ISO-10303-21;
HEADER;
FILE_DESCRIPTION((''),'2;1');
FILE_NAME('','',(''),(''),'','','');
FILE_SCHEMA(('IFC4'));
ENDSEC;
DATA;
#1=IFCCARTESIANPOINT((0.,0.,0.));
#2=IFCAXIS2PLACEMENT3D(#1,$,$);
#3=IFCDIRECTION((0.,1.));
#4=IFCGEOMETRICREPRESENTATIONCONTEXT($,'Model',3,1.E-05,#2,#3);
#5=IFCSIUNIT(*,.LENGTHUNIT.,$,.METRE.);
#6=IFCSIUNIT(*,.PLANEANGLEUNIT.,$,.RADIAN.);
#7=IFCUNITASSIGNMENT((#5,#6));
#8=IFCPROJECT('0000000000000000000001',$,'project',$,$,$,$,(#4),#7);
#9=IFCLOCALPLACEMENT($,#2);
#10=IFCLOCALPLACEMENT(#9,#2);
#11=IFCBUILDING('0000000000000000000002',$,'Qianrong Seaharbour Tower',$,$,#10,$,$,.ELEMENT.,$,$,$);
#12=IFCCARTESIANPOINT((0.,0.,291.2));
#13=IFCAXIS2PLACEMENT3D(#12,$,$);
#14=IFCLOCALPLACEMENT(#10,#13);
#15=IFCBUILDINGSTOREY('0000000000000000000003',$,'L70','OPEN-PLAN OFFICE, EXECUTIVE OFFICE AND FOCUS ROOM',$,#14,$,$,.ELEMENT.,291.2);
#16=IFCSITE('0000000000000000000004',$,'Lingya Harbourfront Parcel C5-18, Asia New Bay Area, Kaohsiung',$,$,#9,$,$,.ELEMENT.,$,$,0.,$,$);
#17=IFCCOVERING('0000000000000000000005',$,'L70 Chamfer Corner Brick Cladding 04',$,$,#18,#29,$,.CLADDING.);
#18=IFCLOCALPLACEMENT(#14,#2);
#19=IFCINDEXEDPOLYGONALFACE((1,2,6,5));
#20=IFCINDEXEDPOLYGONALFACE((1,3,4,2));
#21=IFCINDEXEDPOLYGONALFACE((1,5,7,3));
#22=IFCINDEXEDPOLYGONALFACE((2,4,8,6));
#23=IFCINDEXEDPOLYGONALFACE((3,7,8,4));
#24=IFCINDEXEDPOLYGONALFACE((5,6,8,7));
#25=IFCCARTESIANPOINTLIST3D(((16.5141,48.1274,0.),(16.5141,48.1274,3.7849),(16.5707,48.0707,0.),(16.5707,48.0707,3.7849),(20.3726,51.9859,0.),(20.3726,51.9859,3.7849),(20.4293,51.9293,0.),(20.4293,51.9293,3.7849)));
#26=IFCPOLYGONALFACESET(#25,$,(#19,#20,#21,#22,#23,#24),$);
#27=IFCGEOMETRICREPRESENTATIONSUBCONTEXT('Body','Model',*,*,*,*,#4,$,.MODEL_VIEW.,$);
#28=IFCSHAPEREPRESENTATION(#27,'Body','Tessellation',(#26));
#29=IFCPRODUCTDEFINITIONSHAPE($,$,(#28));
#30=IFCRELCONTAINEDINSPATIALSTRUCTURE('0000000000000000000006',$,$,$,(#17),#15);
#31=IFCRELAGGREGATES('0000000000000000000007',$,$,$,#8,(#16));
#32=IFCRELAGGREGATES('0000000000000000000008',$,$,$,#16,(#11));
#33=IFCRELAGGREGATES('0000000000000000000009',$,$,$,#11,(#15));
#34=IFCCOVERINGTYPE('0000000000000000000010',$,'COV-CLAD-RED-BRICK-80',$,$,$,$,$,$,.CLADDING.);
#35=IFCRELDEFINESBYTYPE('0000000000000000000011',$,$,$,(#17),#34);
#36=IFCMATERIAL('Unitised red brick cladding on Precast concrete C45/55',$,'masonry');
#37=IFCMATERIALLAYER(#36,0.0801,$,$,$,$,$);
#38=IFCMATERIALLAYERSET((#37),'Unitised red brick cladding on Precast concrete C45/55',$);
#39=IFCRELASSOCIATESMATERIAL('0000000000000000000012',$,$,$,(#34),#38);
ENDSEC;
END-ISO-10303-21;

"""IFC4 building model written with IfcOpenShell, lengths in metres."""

from ifc_helpers import new_model, si_unit, direction, frame, origin, origin_2d, place, context, subcontext, project, spatial, rectangle, extrude, material, layer, layer_set, type_object, element, save


model = new_model("IFC4")

# Units and contexts
model_context = context("Model", 3, precision=1e-05, world=origin(), true_north=direction((0.0, 1.0)))
body_context = subcontext(model_context, "Body", "Model", "MODEL_VIEW")
ifc_project = project(units=[si_unit("LENGTHUNIT", "METRE"), si_unit("PLANEANGLEUNIT", "RADIAN")], contexts=[model_context])

# Site, building, storey
site_placement = place(None, origin())
site = spatial("IfcSite", under=ifc_project, at=site_placement, Name="Lingya Harbourfront Parcel C5-18, Asia New Bay Area, Kaohsiung", CompositionType="ELEMENT", RefElevation=0.0)
building_placement = place(site_placement, origin())
building = spatial("IfcBuilding", under=site, at=building_placement, Name="Qianrong Seaharbour Tower", CompositionType="ELEMENT")
storey_placement = place(building_placement, frame((0.0, 0.0, 291.2)))
storey = spatial("IfcBuildingStorey", under=building, at=storey_placement, Name="L70", Description="OPEN-PLAN OFFICE, EXECUTIVE OFFICE AND FOCUS ROOM", CompositionType="ELEMENT", Elevation=291.2)

# Covering
ifc_material_1 = material(Name="Unitised red brick cladding on Precast concrete C45/55", Category="masonry")
ifc_layer_1 = layer(ifc_material_1, 0.0801)
ifc_layer_set_1 = layer_set([ifc_layer_1], Name="Unitised red brick cladding on Precast concrete C45/55")
covering_type = type_object("IfcCoveringType", Name="COV-CLAD-RED-BRICK-80", PredefinedType="CLADDING", material=ifc_layer_set_1)
covering_placement = place(storey_placement, frame((18.4717, 50.0283, 0.0), z_axis=(0.0, 0.0, 1.0), x_axis=(0.707107, 0.707107, 0.0)))
element("IfcCovering", 1, at=covering_placement, inside=storey, type_object=covering_type, Name="L70 Chamfer Corner Brick Cladding 04", PredefinedType="CLADDING", context=body_context, shape_type="SweptSolid", body=[
    extrude(rectangle(XDim=5.4568, YDim=0.0801, at=origin_2d()), origin(), (0.0, 0.0, 1.0), 3.7849),
])

save(model, "model.ifc")
